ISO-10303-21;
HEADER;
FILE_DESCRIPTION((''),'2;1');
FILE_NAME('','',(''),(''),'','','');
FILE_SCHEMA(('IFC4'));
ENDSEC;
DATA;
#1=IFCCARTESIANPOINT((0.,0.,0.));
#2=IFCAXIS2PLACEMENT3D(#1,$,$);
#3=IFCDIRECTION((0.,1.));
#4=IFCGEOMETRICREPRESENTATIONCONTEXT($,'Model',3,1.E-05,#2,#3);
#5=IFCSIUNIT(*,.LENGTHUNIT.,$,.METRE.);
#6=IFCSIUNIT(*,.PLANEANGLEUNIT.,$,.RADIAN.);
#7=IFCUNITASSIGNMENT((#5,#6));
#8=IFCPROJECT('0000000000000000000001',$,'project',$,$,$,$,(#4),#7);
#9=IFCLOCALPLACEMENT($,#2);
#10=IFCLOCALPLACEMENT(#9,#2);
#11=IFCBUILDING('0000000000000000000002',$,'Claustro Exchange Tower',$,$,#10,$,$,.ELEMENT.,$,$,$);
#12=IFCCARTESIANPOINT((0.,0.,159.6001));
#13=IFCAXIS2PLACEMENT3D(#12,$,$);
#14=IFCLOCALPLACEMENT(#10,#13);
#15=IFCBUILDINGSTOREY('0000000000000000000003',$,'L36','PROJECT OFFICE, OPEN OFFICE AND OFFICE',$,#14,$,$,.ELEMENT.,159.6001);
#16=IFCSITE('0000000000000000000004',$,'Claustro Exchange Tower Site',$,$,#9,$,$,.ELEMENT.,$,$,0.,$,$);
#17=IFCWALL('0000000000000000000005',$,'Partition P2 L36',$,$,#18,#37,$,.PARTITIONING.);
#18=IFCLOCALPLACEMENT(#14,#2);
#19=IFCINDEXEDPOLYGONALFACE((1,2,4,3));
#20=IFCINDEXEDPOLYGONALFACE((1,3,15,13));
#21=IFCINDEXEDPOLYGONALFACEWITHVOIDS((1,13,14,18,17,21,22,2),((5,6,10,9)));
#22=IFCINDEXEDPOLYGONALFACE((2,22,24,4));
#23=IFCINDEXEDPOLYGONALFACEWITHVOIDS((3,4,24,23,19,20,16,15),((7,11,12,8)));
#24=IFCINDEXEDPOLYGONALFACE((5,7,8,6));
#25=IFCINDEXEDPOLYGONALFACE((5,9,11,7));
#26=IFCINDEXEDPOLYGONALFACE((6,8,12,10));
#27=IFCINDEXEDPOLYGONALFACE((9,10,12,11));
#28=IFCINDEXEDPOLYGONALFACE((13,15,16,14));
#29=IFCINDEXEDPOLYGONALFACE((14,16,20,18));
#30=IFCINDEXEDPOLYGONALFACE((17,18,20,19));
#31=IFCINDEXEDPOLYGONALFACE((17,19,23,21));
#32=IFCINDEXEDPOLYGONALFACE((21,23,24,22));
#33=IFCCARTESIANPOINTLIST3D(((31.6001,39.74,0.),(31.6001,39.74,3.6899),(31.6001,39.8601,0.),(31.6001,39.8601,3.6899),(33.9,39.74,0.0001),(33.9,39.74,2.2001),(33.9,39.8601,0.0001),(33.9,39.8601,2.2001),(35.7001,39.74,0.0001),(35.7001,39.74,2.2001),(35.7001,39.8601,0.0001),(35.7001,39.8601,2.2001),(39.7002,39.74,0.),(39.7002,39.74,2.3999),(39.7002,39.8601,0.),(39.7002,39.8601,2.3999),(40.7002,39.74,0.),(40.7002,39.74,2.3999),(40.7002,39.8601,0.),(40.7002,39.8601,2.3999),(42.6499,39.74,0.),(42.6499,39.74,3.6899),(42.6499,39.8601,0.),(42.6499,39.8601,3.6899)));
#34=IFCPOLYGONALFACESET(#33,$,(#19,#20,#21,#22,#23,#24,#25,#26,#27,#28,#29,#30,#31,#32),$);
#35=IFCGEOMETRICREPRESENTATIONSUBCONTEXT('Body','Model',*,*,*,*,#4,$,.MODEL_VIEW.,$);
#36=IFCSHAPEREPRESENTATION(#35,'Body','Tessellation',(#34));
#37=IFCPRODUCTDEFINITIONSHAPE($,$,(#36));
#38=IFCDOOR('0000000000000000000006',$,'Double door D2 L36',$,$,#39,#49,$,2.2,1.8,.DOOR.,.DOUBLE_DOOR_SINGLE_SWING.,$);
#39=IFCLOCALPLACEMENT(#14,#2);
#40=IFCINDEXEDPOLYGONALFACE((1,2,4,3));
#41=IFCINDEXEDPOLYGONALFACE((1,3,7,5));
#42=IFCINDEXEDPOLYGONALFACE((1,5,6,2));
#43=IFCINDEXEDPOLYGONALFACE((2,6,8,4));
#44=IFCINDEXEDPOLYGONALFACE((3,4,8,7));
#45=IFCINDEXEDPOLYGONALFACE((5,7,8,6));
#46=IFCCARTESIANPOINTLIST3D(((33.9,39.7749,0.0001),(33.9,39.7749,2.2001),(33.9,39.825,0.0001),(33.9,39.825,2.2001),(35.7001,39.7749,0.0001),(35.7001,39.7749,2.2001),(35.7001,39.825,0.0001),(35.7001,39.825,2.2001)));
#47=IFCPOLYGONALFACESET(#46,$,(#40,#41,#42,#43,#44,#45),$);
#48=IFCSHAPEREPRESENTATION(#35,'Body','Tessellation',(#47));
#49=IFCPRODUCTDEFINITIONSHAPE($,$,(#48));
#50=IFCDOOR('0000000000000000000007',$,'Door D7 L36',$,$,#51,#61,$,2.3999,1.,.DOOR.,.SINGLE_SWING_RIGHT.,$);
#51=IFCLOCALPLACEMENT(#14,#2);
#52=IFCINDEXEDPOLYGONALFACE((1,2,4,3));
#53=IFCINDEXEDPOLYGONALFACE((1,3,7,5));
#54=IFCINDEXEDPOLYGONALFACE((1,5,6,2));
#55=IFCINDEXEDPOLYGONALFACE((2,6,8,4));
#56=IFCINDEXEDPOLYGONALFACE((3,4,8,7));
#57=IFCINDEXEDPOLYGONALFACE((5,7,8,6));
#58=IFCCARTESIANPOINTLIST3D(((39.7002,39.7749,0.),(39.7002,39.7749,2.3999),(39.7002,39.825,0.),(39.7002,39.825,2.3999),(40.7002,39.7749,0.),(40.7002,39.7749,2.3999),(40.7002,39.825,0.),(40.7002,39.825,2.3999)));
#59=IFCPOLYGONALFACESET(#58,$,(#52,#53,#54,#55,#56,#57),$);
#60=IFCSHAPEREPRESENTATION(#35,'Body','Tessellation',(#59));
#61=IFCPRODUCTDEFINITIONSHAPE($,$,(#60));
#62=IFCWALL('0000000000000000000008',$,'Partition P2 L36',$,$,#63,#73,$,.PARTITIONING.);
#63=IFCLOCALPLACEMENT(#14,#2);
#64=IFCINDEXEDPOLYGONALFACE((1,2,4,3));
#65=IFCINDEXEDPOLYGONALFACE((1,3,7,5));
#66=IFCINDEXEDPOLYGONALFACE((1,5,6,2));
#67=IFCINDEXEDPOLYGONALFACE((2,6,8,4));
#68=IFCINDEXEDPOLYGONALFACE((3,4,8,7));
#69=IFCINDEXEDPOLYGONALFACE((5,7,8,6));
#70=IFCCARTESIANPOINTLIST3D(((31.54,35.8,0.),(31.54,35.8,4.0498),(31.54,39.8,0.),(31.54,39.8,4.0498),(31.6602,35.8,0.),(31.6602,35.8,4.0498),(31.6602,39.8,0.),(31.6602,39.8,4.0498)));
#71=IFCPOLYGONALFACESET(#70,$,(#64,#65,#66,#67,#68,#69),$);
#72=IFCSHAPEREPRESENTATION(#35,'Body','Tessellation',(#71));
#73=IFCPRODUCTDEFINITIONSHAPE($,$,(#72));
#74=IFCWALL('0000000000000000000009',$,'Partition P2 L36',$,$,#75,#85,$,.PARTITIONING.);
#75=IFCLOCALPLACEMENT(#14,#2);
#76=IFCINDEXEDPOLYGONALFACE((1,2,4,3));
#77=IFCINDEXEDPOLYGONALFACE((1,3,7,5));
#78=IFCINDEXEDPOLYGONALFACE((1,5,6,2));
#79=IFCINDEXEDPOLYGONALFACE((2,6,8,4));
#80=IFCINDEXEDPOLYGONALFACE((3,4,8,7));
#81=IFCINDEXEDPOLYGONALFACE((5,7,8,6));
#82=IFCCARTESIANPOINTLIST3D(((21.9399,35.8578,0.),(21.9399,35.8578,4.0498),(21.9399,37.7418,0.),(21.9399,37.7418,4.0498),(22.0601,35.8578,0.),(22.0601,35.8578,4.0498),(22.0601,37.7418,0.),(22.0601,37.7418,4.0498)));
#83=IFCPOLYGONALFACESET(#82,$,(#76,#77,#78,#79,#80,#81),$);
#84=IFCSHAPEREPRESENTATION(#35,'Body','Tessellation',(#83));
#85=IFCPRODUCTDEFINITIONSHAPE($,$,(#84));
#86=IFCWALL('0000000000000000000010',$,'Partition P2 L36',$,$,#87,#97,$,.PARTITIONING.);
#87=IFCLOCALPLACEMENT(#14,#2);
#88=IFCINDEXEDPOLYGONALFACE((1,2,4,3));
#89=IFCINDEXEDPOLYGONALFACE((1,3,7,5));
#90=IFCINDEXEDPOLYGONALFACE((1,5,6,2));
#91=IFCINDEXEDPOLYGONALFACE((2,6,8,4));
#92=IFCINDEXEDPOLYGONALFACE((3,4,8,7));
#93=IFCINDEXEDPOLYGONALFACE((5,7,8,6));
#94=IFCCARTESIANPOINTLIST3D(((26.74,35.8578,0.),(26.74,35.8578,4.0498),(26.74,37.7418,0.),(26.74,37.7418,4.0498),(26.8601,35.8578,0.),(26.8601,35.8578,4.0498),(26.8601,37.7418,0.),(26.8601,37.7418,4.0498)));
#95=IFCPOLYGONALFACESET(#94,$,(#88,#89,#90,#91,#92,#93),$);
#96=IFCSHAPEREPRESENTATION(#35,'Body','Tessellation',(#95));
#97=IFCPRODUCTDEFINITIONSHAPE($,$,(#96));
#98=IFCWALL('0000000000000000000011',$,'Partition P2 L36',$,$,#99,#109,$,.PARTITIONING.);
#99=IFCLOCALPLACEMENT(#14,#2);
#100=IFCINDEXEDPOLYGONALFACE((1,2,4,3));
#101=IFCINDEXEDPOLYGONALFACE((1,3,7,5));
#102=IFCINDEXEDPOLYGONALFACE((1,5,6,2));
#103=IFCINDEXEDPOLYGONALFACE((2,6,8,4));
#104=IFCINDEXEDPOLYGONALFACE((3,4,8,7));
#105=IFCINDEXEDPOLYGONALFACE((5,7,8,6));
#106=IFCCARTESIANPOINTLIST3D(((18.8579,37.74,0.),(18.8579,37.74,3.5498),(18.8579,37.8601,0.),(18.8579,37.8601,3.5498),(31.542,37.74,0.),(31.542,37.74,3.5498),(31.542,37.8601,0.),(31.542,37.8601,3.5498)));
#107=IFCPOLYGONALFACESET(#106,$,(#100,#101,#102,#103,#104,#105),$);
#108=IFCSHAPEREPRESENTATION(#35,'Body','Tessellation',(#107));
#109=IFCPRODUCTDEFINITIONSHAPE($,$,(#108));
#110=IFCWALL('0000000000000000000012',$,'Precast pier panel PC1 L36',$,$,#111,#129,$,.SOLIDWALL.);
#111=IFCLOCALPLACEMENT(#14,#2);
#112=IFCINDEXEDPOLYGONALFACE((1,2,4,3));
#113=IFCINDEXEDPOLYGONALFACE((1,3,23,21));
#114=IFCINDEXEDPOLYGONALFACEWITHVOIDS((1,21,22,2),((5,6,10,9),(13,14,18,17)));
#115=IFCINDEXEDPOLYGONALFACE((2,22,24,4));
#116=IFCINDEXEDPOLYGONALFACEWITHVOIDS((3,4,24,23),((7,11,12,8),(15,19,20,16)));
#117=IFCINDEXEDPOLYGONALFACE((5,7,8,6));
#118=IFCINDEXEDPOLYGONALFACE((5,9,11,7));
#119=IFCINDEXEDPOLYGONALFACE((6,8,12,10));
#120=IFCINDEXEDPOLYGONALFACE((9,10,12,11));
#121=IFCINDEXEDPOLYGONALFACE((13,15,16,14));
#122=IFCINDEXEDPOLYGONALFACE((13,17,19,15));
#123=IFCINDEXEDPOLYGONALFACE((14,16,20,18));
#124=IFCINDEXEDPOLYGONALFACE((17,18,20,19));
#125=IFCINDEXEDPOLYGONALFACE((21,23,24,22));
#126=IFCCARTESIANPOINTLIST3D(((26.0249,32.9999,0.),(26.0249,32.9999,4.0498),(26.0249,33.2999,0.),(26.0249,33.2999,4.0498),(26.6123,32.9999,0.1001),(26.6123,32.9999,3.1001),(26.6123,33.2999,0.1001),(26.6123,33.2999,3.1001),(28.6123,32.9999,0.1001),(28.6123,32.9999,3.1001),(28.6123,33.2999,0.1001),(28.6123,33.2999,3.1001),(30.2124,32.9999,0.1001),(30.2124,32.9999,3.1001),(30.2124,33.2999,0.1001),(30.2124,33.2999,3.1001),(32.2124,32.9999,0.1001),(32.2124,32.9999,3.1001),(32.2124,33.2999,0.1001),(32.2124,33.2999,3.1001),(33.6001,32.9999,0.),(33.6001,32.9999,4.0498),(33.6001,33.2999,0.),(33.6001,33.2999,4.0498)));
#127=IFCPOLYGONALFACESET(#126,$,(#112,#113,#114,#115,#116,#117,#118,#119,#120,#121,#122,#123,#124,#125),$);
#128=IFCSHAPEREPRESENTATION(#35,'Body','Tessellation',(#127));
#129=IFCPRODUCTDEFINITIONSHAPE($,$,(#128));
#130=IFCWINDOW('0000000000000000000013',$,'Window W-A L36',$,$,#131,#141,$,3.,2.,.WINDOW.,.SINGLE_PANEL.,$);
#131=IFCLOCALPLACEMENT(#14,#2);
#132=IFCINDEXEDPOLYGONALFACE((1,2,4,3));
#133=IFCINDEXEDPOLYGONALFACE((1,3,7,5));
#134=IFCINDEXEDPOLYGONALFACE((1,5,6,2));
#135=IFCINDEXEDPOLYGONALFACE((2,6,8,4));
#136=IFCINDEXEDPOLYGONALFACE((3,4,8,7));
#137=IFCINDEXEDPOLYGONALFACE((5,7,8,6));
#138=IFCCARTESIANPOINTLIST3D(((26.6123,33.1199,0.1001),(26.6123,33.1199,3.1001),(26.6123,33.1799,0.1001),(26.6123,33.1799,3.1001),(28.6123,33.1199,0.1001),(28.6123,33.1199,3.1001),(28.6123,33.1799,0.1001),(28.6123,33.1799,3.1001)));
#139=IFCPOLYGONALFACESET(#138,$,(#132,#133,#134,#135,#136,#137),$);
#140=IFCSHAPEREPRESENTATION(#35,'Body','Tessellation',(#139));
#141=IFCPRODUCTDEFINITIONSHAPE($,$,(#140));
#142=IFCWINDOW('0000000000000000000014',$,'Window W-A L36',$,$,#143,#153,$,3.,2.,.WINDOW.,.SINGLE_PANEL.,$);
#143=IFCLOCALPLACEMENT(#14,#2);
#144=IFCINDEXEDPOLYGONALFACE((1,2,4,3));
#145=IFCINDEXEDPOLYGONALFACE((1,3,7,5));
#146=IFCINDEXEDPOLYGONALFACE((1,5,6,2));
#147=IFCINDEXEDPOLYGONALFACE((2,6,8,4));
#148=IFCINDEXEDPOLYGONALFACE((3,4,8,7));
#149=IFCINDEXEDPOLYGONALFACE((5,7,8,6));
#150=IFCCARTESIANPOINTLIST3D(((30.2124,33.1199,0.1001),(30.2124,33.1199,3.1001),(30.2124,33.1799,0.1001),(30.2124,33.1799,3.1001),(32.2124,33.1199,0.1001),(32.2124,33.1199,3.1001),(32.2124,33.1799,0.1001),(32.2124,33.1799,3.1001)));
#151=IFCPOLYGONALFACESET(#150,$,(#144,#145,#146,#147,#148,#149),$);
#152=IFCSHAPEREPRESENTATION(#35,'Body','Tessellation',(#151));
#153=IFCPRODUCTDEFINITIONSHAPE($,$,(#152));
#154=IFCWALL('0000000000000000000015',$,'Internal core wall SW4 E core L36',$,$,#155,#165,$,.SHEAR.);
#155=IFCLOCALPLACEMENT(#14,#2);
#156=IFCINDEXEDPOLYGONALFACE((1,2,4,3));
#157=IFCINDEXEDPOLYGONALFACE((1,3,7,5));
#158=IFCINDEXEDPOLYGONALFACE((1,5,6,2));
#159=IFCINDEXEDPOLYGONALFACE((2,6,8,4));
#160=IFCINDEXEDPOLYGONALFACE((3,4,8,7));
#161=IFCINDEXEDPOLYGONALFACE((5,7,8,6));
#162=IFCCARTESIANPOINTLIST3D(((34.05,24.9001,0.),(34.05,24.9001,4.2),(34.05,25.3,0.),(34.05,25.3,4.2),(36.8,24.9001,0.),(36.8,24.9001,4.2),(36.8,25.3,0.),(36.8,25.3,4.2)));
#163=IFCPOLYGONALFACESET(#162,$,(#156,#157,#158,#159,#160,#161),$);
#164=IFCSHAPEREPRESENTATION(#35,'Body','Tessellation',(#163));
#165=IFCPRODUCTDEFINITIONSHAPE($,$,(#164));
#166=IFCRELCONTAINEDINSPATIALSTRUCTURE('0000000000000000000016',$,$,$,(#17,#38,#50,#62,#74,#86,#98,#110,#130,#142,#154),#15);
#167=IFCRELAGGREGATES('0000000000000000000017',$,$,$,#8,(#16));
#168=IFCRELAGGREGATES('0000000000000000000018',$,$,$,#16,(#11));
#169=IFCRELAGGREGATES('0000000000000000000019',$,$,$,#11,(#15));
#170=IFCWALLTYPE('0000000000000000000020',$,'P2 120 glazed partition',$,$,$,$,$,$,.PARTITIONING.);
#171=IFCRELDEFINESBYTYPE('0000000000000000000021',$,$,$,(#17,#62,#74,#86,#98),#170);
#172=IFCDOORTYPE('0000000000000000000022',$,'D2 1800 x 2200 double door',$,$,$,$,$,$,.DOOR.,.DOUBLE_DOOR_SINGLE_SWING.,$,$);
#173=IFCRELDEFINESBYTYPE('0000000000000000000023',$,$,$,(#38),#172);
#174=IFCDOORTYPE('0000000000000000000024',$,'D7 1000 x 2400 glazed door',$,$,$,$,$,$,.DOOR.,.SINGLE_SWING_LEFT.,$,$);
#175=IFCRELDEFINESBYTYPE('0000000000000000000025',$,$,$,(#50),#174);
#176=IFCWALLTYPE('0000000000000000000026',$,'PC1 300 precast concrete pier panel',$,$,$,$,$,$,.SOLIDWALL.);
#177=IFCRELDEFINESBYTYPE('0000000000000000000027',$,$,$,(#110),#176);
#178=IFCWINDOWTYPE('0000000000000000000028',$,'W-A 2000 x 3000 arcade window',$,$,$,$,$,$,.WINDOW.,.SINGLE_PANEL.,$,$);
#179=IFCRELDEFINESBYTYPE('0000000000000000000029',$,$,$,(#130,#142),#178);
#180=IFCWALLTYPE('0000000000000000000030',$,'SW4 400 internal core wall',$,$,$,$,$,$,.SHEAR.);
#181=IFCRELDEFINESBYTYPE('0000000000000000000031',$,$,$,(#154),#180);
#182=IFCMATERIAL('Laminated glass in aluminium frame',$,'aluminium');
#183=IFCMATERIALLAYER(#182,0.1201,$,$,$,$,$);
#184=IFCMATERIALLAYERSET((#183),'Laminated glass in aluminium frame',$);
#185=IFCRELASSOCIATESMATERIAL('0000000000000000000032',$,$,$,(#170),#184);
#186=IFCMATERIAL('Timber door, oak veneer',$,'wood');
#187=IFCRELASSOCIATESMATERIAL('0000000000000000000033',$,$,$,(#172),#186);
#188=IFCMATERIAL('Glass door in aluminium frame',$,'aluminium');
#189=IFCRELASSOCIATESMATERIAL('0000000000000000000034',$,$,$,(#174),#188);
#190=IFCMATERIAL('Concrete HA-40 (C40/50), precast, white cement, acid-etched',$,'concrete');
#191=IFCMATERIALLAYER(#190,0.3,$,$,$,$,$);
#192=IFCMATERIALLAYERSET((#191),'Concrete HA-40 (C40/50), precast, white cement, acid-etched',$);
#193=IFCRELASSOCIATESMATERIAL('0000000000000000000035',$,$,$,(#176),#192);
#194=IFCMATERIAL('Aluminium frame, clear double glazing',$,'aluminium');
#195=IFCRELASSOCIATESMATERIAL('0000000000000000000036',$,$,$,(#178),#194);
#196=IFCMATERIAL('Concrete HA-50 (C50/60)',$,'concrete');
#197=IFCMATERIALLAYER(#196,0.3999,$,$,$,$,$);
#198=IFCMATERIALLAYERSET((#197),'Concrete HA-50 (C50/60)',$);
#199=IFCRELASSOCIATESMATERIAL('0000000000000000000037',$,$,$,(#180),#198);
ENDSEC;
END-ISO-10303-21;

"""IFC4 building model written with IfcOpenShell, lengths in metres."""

from ifc_helpers import new_model, si_unit, direction, frame, frame_2d, origin, place, context, subcontext, project, spatial, rectangle, extrude, material, layer, layer_set, type_object, element, fill, save


model = new_model("IFC4")

# Units and contexts
model_context = context("Model", 3, precision=1e-05, world=origin(), true_north=direction((0.0, 1.0)))
body_context = subcontext(model_context, "Body", "Model", "MODEL_VIEW")
ifc_project = project(units=[si_unit("LENGTHUNIT", "METRE"), si_unit("PLANEANGLEUNIT", "RADIAN")], contexts=[model_context])

# Site, building, storey
site_placement = place(None, origin())
site = spatial("IfcSite", under=ifc_project, at=site_placement, Name="Claustro Exchange Tower Site", CompositionType="ELEMENT", RefElevation=0.0)
building_placement = place(site_placement, origin())
building = spatial("IfcBuilding", under=site, at=building_placement, Name="Claustro Exchange Tower", CompositionType="ELEMENT")
storey_placement = place(building_placement, frame((0.0, 0.0, 159.6001)))
storey = spatial("IfcBuildingStorey", under=building, at=storey_placement, Name="L36", Description="PROJECT OFFICE, OPEN OFFICE AND OFFICE", CompositionType="ELEMENT", Elevation=159.6001)

# Wall, openings, doors
ifc_material_1 = material(Name="Laminated glass in aluminium frame", Category="aluminium")
ifc_layer_1 = layer(ifc_material_1, 0.1201)
ifc_layer_set_1 = layer_set([ifc_layer_1], Name="Laminated glass in aluminium frame")
wall_type_1 = type_object("IfcWallType", Name="P2 120 glazed partition", PredefinedType="PARTITIONING", material=ifc_layer_set_1)
wall_1_placement = place(storey_placement, frame((31.6001, 39.8, 0.0), z_axis=(0.0, 0.0, 1.0), x_axis=(1.0, 0.0, 0.0)))
wall_1 = element("IfcWall", 1, at=wall_1_placement, inside=storey, type_object=wall_type_1, Name="Partition P2 L36", PredefinedType="PARTITIONING", context=body_context, shape_type="SweptSolid", body=[
    extrude(rectangle(XDim=11.0498, YDim=0.1201, at=frame_2d((5.5249, 0.0))), origin(), (0.0, 0.0, 1.0), 3.6899),
])
opening_1_placement = place(wall_1_placement, frame((2.3, 0.0, 0.0)))
opening_1 = element("IfcOpeningElement", 2, at=opening_1_placement, cuts=wall_1, PredefinedType="OPENING", context=body_context, shape_type="SweptSolid", body=[
    extrude(rectangle(XDim=1.8, YDim=2.2, at=frame_2d((0.8999, 1.1001))), frame((0.0, 0.0701, 0.0), z_axis=(0.0, -1.0, 0.0), x_axis=(1.0, 0.0, 0.0)), (0.0, 0.0, 1.0), 0.1401),
])
opening_2_placement = place(wall_1_placement, frame((8.1001, 0.0, 0.0)))
opening_2 = element("IfcOpeningElement", 3, at=opening_2_placement, cuts=wall_1, PredefinedType="OPENING", context=body_context, shape_type="SweptSolid", body=[
    extrude(rectangle(XDim=1.0, YDim=2.3999, at=frame_2d((0.5, 1.2))), frame((0.0, 0.0701, 0.0), z_axis=(0.0, -1.0, 0.0), x_axis=(1.0, 0.0, 0.0)), (0.0, 0.0, 1.0), 0.1401),
])
ifc_material_2 = material(Name="Timber door, oak veneer", Category="wood")
door_type_1 = type_object("IfcDoorType", Name="D2 1800 x 2200 double door", OperationType="DOUBLE_DOOR_SINGLE_SWING", PredefinedType="DOOR", material=ifc_material_2)
door_1_placement = place(opening_1_placement, origin())
door_1 = element("IfcDoor", 4, at=door_1_placement, inside=storey, type_object=door_type_1, Name="Double door D2 L36", OperationType="DOUBLE_DOOR_SINGLE_SWING", OverallHeight=2.2, OverallWidth=1.8, PredefinedType="DOOR", context=body_context, shape_type="SweptSolid", body=[
    extrude(rectangle(XDim=1.8, YDim=2.2, at=frame_2d((0.8999, 1.1001))), frame((0.0, 0.0249, 0.0), z_axis=(0.0, -1.0, 0.0), x_axis=(1.0, 0.0, 0.0)), (0.0, 0.0, 1.0), 0.05),
])
fill(opening_1, door_1)
ifc_material_3 = material(Name="Glass door in aluminium frame", Category="aluminium")
door_type_2 = type_object("IfcDoorType", Name="D7 1000 x 2400 glazed door", OperationType="SINGLE_SWING_LEFT", PredefinedType="DOOR", material=ifc_material_3)
door_2_placement = place(opening_2_placement, origin())
door_2 = element("IfcDoor", 5, at=door_2_placement, inside=storey, type_object=door_type_2, Name="Door D7 L36", OperationType="SINGLE_SWING_RIGHT", OverallHeight=2.3999, OverallWidth=1.0, PredefinedType="DOOR", context=body_context, shape_type="SweptSolid", body=[
    extrude(rectangle(XDim=1.0, YDim=2.3999, at=frame_2d((0.5, 1.2))), frame((0.0, 0.0249, 0.0), z_axis=(0.0, -1.0, 0.0), x_axis=(1.0, 0.0, 0.0)), (0.0, 0.0, 1.0), 0.05),
])
fill(opening_2, door_2)

# Walls
wall_2_placement = place(storey_placement, frame((31.6001, 35.8, 0.0), z_axis=(0.0, 0.0, 1.0), x_axis=(0.0, 1.0, 0.0)))
element("IfcWall", 6, at=wall_2_placement, inside=storey, type_object=wall_type_1, Name="Partition P2 L36", PredefinedType="PARTITIONING", context=body_context, shape_type="SweptSolid", body=[
    extrude(rectangle(XDim=4.0, YDim=0.1201, at=frame_2d((2.0, 0.0))), origin(), (0.0, 0.0, 1.0), 4.0498),
])
for number, where, z_axis, x_axis, name in (
    (7, (22.0, 35.8579, 0.0), (0.0, 0.0, 1.0), (0.0, 1.0, 0.0), "Partition P2 L36"),
    (8, (26.8, 35.8579, 0.0), (0.0, 0.0, 1.0), (0.0, 1.0, 0.0), "Partition P2 L36"),
):
    element("IfcWall", number, at=place(storey_placement, frame(where, z_axis=z_axis, x_axis=x_axis)), inside=storey, type_object=wall_type_1, Name=name, PredefinedType="PARTITIONING", context=body_context, shape_type="SweptSolid", body=[
        extrude(rectangle(XDim=1.884, YDim=0.1201, at=frame_2d((0.9419, 0.0))), origin(), (0.0, 0.0, 1.0), 4.0498),
    ])
wall_3_placement = place(storey_placement, frame((18.8579, 37.8, 0.0), z_axis=(0.0, 0.0, 1.0), x_axis=(1.0, 0.0, 0.0)))
element("IfcWall", 9, at=wall_3_placement, inside=storey, type_object=wall_type_1, Name="Partition P2 L36", PredefinedType="PARTITIONING", context=body_context, shape_type="SweptSolid", body=[
    extrude(rectangle(XDim=12.6841, YDim=0.1201, at=frame_2d((6.342, 0.0))), origin(), (0.0, 0.0, 1.0), 3.5498),
])

# Wall, openings, windows
ifc_material_4 = material(Name="Concrete HA-40 (C40/50), precast, white cement, acid-etched", Category="concrete")
ifc_layer_2 = layer(ifc_material_4, 0.3)
ifc_layer_set_2 = layer_set([ifc_layer_2], Name="Concrete HA-40 (C40/50), precast, white cement, acid-etched")
wall_type_2 = type_object("IfcWallType", Name="PC1 300 precast concrete pier panel", PredefinedType="SOLIDWALL", material=ifc_layer_set_2)
wall_4_placement = place(storey_placement, frame((26.0249, 33.1499, 0.0), z_axis=(0.0, 0.0, 1.0), x_axis=(1.0, 0.0, 0.0)))
wall_4 = element("IfcWall", 10, at=wall_4_placement, inside=storey, type_object=wall_type_2, Name="Precast pier panel PC1 L36", PredefinedType="SOLIDWALL", context=body_context, shape_type="SweptSolid", body=[
    extrude(rectangle(XDim=7.5752, YDim=0.3, at=frame_2d((3.7876, 0.0))), origin(), (0.0, 0.0, 1.0), 4.0498),
])
opening_3_placement = place(wall_4_placement, frame((0.5874, 0.0, 0.1001)))
opening_3 = element("IfcOpeningElement", 11, at=opening_3_placement, cuts=wall_4, PredefinedType="OPENING", context=body_context, shape_type="SweptSolid", body=[
    extrude(rectangle(XDim=2.0, YDim=3.0, at=frame_2d((1.0, 1.5))), frame((0.0, 0.1599, 0.0), z_axis=(0.0, -1.0, 0.0), x_axis=(1.0, 0.0, 0.0)), (0.0, 0.0, 1.0), 0.3201),
])
opening_4_placement = place(wall_4_placement, frame((4.1875, 0.0, 0.1001)))
opening_4 = element("IfcOpeningElement", 12, at=opening_4_placement, cuts=wall_4, PredefinedType="OPENING", context=body_context, shape_type="SweptSolid", body=[
    extrude(rectangle(XDim=2.0, YDim=3.0, at=frame_2d((1.0, 1.5))), frame((0.0, 0.1599, 0.0), z_axis=(0.0, -1.0, 0.0), x_axis=(1.0, 0.0, 0.0)), (0.0, 0.0, 1.0), 0.3201),
])
ifc_material_5 = material(Name="Aluminium frame, clear double glazing", Category="aluminium")
window_type = type_object("IfcWindowType", Name="W-A 2000 x 3000 arcade window", PartitioningType="SINGLE_PANEL", PredefinedType="WINDOW", material=ifc_material_5)
window_1_placement = place(opening_3_placement, origin())
window_1 = element("IfcWindow", 13, at=window_1_placement, inside=storey, type_object=window_type, Name="Window W-A L36", OverallHeight=3.0, OverallWidth=2.0, PartitioningType="SINGLE_PANEL", PredefinedType="WINDOW", context=body_context, shape_type="SweptSolid", body=[
    extrude(rectangle(XDim=2.0, YDim=3.0, at=frame_2d((1.0, 1.5))), frame((0.0, 0.03, 0.0), z_axis=(0.0, -1.0, 0.0), x_axis=(1.0, 0.0, 0.0)), (0.0, 0.0, 1.0), 0.0601),
])
fill(opening_3, window_1)
window_2_placement = place(opening_4_placement, origin())
window_2 = element("IfcWindow", 14, at=window_2_placement, inside=storey, type_object=window_type, Name="Window W-A L36", OverallHeight=3.0, OverallWidth=2.0, PartitioningType="SINGLE_PANEL", PredefinedType="WINDOW", context=body_context, shape_type="SweptSolid", body=[
    extrude(rectangle(XDim=2.0, YDim=3.0, at=frame_2d((1.0, 1.5))), frame((0.0, 0.03, 0.0), z_axis=(0.0, -1.0, 0.0), x_axis=(1.0, 0.0, 0.0)), (0.0, 0.0, 1.0), 0.0601),
])
fill(opening_4, window_2)

# Wall
ifc_material_6 = material(Name="Concrete HA-50 (C50/60)", Category="concrete")
ifc_layer_3 = layer(ifc_material_6, 0.3999)
ifc_layer_set_3 = layer_set([ifc_layer_3], Name="Concrete HA-50 (C50/60)")
wall_type_3 = type_object("IfcWallType", Name="SW4 400 internal core wall", PredefinedType="SHEAR", material=ifc_layer_set_3)
wall_5_placement = place(storey_placement, frame((36.8, 25.1001, 0.0), z_axis=(0.0, 0.0, 1.0), x_axis=(-1.0, 0.0, 0.0)))
element("IfcWall", 15, at=wall_5_placement, inside=storey, type_object=wall_type_3, Name="Internal core wall SW4 E core L36", PredefinedType="SHEAR", context=body_context, shape_type="SweptSolid", body=[
    extrude(rectangle(XDim=2.75, YDim=0.3999, at=frame_2d((1.375, 0.0))), origin(), (0.0, 0.0, 1.0), 4.2),
])

save(model, "model.ifc")
